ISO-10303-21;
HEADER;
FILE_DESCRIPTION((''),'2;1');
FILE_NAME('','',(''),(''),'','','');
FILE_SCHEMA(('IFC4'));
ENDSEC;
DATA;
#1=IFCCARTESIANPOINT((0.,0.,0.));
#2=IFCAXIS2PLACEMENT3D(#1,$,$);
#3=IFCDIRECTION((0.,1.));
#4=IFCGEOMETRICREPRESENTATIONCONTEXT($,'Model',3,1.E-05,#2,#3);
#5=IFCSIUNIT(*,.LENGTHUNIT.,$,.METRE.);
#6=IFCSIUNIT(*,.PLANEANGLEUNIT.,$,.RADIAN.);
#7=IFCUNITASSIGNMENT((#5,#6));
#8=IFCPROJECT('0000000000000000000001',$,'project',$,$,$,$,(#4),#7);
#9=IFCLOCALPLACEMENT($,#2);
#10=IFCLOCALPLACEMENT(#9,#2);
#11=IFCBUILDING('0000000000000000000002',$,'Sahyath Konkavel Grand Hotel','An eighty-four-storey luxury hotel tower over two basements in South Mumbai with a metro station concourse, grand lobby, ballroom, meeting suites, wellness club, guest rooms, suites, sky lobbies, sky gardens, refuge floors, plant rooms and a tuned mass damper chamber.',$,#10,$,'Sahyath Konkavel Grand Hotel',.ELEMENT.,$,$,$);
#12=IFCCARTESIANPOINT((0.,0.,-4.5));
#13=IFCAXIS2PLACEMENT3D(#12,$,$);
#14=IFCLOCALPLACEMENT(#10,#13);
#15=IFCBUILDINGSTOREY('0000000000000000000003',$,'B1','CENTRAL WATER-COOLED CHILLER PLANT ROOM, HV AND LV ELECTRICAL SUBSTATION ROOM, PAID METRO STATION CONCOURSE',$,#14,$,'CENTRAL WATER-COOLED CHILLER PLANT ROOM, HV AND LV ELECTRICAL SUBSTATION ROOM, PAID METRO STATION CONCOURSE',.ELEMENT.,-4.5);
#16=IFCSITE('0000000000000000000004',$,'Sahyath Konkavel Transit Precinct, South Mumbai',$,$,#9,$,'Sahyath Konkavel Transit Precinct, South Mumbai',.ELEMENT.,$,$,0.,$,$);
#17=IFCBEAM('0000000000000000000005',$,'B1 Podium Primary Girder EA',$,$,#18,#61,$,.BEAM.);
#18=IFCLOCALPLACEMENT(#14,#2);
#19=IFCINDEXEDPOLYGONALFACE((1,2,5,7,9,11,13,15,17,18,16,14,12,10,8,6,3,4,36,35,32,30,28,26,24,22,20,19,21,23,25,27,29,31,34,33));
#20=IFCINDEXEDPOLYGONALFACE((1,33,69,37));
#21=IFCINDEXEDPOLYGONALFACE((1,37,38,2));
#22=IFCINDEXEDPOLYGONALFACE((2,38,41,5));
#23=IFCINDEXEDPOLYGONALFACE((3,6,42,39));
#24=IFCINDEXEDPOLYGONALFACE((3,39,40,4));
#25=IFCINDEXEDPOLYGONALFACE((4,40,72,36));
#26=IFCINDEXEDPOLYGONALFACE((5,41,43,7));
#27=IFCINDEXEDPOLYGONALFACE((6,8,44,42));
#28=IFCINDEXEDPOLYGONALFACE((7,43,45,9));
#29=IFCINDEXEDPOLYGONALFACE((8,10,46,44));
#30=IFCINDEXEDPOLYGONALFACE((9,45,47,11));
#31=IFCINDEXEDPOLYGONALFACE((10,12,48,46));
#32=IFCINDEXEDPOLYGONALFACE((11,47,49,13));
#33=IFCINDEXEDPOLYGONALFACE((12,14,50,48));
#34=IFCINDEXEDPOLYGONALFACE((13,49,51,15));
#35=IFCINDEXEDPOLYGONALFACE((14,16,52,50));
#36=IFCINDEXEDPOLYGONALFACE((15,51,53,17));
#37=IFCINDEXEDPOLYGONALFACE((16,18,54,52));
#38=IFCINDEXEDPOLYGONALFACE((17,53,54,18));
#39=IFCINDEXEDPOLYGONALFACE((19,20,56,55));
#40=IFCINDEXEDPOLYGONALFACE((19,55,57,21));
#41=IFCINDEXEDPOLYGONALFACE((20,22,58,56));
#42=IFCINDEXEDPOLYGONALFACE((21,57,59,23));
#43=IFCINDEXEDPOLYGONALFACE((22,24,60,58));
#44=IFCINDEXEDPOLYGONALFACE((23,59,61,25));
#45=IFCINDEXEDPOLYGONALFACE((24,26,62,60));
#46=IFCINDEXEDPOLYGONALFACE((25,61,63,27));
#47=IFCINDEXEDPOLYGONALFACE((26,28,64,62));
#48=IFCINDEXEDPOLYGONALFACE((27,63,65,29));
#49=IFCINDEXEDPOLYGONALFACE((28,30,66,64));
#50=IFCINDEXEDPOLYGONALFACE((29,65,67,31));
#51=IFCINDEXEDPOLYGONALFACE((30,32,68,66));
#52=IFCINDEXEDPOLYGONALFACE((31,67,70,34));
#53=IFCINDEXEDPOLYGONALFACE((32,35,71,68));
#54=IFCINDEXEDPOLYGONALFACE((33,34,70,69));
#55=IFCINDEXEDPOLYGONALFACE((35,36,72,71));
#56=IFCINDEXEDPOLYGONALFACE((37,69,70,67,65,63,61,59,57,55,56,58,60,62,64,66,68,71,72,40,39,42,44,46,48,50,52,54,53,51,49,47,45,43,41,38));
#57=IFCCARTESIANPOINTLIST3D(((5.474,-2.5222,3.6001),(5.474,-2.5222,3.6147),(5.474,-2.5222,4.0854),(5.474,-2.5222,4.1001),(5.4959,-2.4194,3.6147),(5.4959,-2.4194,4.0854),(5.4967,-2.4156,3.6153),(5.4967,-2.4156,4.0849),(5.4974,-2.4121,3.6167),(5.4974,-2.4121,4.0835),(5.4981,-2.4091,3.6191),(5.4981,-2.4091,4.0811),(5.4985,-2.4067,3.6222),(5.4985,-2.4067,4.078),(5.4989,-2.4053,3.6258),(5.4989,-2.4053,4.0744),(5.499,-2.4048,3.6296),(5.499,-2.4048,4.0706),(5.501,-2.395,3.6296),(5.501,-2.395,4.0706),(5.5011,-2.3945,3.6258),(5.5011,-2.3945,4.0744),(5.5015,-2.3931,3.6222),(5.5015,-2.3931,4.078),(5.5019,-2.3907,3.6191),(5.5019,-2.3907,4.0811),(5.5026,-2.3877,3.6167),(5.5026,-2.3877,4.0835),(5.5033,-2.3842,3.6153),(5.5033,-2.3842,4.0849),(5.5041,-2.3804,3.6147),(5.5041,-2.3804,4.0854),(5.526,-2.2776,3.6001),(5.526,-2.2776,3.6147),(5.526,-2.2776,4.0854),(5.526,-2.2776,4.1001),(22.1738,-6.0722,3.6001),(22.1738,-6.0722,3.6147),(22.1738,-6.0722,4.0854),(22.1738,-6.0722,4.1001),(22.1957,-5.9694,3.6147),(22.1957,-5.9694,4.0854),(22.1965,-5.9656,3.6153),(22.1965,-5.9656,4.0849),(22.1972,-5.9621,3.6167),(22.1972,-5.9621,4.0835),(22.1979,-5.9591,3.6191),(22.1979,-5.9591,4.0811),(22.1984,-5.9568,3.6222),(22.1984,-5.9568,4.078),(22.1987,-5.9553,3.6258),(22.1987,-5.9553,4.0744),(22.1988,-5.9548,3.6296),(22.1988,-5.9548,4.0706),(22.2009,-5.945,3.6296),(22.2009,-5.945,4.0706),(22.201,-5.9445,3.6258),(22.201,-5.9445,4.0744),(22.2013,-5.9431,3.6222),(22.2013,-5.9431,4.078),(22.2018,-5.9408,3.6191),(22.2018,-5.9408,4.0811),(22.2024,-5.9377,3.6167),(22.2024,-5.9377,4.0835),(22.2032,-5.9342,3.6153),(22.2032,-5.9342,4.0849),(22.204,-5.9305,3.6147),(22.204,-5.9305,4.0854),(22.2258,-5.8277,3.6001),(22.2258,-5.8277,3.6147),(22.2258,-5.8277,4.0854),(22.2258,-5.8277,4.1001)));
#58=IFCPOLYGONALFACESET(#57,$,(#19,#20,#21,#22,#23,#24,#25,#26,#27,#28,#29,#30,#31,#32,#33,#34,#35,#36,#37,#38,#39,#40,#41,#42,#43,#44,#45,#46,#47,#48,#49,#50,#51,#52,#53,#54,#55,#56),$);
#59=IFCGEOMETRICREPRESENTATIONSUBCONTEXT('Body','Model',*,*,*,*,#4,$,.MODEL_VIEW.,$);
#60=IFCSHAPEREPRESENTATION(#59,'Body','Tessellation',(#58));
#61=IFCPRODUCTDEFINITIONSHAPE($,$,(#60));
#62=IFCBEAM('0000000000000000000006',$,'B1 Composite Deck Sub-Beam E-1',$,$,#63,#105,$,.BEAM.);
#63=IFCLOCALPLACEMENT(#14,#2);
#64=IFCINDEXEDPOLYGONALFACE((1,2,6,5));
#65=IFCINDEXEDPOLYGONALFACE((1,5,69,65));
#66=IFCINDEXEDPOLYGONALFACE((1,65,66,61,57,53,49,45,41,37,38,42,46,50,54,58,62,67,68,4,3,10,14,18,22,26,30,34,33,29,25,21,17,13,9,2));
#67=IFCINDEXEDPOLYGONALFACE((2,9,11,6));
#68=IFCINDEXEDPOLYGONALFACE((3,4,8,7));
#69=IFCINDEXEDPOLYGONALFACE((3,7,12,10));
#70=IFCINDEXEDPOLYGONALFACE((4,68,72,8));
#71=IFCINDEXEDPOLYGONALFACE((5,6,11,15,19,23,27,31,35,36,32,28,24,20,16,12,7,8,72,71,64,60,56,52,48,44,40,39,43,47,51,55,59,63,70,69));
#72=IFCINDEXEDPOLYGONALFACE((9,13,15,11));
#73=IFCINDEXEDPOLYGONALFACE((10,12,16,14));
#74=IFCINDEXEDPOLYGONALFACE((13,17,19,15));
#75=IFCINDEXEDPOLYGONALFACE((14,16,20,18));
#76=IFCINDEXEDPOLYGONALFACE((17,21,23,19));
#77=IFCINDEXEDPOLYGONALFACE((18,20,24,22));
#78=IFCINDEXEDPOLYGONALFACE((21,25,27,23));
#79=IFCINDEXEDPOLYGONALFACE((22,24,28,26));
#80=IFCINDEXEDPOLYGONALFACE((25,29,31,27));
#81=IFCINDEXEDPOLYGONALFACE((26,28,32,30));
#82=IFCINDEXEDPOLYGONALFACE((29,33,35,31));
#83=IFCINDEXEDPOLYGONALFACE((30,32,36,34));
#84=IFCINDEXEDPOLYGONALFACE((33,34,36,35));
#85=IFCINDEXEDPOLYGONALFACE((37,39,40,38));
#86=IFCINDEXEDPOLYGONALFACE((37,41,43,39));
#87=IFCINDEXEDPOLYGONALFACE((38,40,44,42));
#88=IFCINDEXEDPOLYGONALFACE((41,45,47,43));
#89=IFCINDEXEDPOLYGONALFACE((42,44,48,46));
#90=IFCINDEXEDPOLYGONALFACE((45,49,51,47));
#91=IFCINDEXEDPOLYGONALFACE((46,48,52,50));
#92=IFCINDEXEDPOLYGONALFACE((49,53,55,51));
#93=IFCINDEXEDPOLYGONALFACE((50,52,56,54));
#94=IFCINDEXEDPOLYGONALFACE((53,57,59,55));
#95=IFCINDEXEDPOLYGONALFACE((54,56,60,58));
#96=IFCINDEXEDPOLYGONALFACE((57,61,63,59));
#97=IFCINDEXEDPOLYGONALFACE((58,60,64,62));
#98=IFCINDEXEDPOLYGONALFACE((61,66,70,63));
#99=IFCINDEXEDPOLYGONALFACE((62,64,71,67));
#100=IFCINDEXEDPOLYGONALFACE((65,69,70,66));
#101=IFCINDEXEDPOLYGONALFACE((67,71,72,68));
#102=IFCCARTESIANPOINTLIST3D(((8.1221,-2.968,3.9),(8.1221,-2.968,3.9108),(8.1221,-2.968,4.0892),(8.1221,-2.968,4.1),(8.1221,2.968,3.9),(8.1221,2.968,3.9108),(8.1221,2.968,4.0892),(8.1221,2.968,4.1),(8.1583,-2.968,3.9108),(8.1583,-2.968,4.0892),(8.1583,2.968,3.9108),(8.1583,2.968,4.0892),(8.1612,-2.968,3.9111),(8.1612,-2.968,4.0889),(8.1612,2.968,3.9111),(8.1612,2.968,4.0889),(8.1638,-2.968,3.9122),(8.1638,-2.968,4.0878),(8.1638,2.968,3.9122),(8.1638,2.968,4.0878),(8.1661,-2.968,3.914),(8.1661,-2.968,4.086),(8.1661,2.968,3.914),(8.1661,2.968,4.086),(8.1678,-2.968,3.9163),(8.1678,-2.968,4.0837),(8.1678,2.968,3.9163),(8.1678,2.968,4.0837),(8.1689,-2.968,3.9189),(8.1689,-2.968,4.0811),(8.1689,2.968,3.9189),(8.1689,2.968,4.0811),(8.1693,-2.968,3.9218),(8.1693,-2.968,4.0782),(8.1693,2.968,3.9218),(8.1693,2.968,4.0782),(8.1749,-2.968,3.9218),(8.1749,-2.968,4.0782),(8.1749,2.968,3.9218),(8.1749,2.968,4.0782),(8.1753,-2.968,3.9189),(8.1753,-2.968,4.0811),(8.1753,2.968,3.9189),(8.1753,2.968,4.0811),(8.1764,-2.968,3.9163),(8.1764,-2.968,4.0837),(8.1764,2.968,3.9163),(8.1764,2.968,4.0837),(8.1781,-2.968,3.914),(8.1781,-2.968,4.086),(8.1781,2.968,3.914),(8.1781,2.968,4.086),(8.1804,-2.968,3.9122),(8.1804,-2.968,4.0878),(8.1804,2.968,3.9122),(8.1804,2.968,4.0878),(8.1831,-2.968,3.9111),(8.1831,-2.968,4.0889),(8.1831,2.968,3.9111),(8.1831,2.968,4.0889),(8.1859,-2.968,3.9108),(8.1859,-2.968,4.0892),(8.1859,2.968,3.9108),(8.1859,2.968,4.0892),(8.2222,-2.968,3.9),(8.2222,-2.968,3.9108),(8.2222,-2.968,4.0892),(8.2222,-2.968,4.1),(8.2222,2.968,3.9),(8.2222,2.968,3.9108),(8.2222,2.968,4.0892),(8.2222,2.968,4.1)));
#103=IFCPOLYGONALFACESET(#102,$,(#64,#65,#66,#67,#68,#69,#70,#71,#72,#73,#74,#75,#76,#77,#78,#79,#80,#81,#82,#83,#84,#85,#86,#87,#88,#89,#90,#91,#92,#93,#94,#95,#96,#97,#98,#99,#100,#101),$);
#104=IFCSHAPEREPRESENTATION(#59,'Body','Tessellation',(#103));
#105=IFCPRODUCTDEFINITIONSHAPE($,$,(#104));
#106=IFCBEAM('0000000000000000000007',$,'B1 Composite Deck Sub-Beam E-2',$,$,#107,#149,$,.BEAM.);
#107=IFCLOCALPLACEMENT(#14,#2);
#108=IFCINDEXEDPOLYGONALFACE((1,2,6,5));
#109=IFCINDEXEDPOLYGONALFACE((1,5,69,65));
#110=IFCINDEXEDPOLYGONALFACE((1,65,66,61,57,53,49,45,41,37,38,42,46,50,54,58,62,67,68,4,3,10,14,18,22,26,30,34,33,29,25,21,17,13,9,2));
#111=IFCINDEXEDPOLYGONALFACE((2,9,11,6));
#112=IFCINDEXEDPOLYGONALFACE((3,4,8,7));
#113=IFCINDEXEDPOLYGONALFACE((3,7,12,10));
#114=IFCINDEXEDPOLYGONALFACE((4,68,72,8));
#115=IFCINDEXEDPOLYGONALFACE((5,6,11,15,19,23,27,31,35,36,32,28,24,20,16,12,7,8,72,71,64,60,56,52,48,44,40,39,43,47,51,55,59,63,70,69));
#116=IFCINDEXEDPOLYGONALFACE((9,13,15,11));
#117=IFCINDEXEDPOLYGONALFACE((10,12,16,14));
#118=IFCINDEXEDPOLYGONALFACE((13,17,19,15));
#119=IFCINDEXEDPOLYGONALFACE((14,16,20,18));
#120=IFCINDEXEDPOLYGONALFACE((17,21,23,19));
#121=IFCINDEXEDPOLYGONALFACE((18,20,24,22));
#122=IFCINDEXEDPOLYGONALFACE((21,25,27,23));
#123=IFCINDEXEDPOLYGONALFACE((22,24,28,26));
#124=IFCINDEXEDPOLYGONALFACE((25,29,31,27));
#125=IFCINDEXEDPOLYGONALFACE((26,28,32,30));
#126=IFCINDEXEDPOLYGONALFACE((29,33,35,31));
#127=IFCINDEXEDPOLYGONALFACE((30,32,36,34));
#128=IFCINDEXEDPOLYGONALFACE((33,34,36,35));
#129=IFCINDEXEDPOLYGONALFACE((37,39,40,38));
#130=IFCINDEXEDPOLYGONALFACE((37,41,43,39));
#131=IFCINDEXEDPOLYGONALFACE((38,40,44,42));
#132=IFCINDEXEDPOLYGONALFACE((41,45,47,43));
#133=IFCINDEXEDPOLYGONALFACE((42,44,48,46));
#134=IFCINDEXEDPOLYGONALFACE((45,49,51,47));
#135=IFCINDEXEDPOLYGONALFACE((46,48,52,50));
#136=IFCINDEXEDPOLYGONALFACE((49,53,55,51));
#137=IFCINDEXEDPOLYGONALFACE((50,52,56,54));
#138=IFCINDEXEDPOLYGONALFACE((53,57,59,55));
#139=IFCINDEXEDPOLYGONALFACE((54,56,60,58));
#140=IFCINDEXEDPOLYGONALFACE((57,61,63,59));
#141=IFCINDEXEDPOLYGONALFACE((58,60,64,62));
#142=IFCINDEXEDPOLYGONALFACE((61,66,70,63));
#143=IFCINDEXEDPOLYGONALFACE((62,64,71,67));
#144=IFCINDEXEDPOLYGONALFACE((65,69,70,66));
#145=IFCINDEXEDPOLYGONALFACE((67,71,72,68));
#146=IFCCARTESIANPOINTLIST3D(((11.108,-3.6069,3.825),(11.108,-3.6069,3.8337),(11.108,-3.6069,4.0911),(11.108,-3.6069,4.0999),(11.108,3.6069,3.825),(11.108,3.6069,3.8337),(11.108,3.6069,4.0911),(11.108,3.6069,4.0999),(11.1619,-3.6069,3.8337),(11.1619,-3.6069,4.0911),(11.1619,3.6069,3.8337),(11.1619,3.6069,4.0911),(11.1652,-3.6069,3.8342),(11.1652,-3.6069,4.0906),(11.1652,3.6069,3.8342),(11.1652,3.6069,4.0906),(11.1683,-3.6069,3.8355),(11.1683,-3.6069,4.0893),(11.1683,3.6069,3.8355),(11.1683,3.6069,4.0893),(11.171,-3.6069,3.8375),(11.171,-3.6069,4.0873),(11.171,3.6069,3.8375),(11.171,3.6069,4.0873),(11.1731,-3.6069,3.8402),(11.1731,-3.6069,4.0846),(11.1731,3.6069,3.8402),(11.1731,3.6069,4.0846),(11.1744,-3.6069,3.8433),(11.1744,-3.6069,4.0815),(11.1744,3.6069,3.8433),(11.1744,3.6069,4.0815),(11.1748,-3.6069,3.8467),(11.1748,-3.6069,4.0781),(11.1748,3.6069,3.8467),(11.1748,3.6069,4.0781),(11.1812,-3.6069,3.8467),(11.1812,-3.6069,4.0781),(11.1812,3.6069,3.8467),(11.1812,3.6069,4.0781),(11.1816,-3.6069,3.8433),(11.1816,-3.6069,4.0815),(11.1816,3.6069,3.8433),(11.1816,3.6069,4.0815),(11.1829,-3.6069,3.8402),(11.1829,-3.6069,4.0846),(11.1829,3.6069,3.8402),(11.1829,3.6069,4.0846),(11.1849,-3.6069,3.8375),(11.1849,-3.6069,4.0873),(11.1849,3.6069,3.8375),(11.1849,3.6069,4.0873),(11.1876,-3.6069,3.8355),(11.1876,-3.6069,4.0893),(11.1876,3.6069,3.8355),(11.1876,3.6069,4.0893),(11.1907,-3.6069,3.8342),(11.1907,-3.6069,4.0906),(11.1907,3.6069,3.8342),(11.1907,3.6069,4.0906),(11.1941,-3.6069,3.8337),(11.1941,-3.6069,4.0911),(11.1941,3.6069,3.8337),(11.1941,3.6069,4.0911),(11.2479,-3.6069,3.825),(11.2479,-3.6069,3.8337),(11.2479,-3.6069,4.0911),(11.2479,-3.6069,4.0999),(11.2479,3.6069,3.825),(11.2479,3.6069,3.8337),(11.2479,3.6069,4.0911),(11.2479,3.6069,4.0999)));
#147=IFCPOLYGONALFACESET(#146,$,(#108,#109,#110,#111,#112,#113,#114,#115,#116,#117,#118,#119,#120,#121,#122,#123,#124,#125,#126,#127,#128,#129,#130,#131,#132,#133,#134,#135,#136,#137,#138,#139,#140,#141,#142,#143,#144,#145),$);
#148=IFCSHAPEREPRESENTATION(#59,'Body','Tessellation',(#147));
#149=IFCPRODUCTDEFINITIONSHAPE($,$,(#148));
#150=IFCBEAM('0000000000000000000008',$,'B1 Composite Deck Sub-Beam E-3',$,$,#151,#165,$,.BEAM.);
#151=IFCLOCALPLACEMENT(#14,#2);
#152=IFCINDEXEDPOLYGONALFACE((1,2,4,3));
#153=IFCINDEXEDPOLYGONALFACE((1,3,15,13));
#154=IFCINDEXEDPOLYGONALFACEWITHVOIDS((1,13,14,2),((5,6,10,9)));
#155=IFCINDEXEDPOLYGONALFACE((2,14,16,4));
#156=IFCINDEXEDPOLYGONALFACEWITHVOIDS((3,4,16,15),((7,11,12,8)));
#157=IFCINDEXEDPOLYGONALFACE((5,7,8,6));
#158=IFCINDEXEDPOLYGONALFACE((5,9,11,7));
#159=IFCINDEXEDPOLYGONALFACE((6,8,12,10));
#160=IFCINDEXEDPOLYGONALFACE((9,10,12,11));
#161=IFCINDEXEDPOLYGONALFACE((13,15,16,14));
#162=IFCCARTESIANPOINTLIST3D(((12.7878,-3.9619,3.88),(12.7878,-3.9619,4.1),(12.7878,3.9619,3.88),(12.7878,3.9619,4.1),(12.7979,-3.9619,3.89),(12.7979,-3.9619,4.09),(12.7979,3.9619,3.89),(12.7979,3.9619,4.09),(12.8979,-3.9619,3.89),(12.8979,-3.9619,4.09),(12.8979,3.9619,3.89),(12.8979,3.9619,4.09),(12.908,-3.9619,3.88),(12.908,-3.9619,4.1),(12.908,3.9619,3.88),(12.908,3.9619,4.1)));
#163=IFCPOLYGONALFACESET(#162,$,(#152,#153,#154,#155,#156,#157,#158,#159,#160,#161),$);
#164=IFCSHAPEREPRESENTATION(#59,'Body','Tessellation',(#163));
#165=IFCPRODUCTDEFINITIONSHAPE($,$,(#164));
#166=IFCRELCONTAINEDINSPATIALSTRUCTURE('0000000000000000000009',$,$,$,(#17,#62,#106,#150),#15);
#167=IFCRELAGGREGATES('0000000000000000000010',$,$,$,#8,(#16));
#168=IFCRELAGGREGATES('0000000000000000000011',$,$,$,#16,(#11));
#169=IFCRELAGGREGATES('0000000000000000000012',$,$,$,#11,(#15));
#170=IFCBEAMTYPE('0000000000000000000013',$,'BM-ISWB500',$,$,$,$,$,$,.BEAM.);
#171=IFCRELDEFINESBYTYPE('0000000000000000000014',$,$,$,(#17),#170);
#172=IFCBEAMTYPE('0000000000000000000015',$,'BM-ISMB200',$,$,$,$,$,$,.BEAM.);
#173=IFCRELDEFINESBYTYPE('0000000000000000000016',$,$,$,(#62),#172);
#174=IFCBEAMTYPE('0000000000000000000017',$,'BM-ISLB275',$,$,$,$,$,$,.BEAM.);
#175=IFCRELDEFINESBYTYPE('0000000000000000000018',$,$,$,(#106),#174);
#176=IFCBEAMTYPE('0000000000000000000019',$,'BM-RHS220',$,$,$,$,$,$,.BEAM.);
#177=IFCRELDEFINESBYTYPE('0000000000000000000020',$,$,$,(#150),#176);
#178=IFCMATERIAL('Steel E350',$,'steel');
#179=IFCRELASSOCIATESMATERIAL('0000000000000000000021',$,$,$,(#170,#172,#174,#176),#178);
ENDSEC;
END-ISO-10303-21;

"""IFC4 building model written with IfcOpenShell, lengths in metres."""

from ifc_helpers import new_model, si_unit, direction, frame, origin, origin_2d, place, context, subcontext, project, spatial, hollow_rectangle, i_section, extrude, source, transform, mapped, material, material_profile, profile_set, type_object, element, save


model = new_model("IFC4")

# Units and contexts
model_context = context("Model", 3, precision=1e-05, world=origin(), true_north=direction((0.0, 1.0)))
body_context = subcontext(model_context, "Body", "Model", "MODEL_VIEW")
ifc_project = project(units=[si_unit("LENGTHUNIT", "METRE"), si_unit("PLANEANGLEUNIT", "RADIAN")], contexts=[model_context])

# Site, building, storey
site_placement = place(None, origin())
site = spatial("IfcSite", under=ifc_project, at=site_placement, Name="Sahyath Konkavel Transit Precinct, South Mumbai", LongName="Sahyath Konkavel Transit Precinct, South Mumbai", CompositionType="ELEMENT", RefElevation=0.0)
building_placement = place(site_placement, origin())
building = spatial("IfcBuilding", under=site, at=building_placement, Name="Sahyath Konkavel Grand Hotel", Description="An eighty-four-storey luxury hotel tower over two basements in South Mumbai with a metro station concourse, grand lobby, ballroom, meeting suites, wellness club, guest rooms, suites, sky lobbies, sky gardens, refuge floors, plant rooms and a tuned mass damper chamber.", LongName="Sahyath Konkavel Grand Hotel", CompositionType="ELEMENT")
storey_placement = place(building_placement, frame((0.0, 0.0, -4.5)))
storey = spatial("IfcBuildingStorey", under=building, at=storey_placement, Name="B1", Description="CENTRAL WATER-COOLED CHILLER PLANT ROOM, HV AND LV ELECTRICAL SUBSTATION ROOM, PAID METRO STATION CONCOURSE", LongName="CENTRAL WATER-COOLED CHILLER PLANT ROOM, HV AND LV ELECTRICAL SUBSTATION ROOM, PAID METRO STATION CONCOURSE", CompositionType="ELEMENT", Elevation=-4.5)

# Beams
ifc_material_1 = material(Name="Steel E350", Category="steel")
ifc_material_profile_1 = material_profile(ifc_material_1, i_section(OverallWidth=0.25, OverallDepth=0.5, WebThickness=0.01, FlangeThickness=0.0146, FilletRadius=0.0149, at=origin_2d()), Name="ISWB 500")
ifc_profile_set_1 = profile_set([ifc_material_profile_1], Name="Steel E350")
beam_type_1 = type_object("IfcBeamType", Name="BM-ISWB500", PredefinedType="BEAM", material=ifc_profile_set_1)
shared_shape_1 = source(origin(), body_context, "Body", "SweptSolid", [
    extrude(i_section(OverallWidth=0.25, OverallDepth=0.5, WebThickness=0.01, FlangeThickness=0.0146, FilletRadius=0.0149, at=origin_2d()), origin(), (0.0, 0.0, 1.0), 17.073),
])
beam_1_placement = place(storey_placement, frame((5.5, -2.3999, 3.8501), z_axis=(0.978143, -0.207932, 0.0), x_axis=(0.207932, 0.978143, 0.0)))
element("IfcBeam", 1, at=beam_1_placement, inside=storey, type_object=beam_type_1, Name="B1 Podium Primary Girder EA", PredefinedType="BEAM", context=body_context, shape_type="MappedRepresentation", body=[
    mapped(shared_shape_1, transform((0.0, 0.0, 0.0), scale=1.0)),
])
ifc_material_profile_2 = material_profile(ifc_material_1, i_section(OverallWidth=0.1001, OverallDepth=0.2, WebThickness=0.0056, FlangeThickness=0.0107, FilletRadius=0.011, at=origin_2d()), Name="ISMB 200")
ifc_profile_set_2 = profile_set([ifc_material_profile_2], Name="Steel E350")
beam_type_2 = type_object("IfcBeamType", Name="BM-ISMB200", PredefinedType="BEAM", material=ifc_profile_set_2)
shared_shape_2 = source(origin(), body_context, "Body", "SweptSolid", [
    extrude(i_section(OverallWidth=0.1001, OverallDepth=0.2, WebThickness=0.0056, FlangeThickness=0.0107, FilletRadius=0.011, at=origin_2d()), origin(), (0.0, 0.0, 1.0), 5.936),
])
beam_2_placement = place(storey_placement, frame((8.1721, -2.968, 4.0), z_axis=(0.0, 1.0, 0.0), x_axis=(-1.0, 0.0, 0.0)))
element("IfcBeam", 2, at=beam_2_placement, inside=storey, type_object=beam_type_2, Name="B1 Composite Deck Sub-Beam E-1", PredefinedType="BEAM", context=body_context, shape_type="MappedRepresentation", body=[
    mapped(shared_shape_2, transform((0.0, 0.0, 0.0), scale=1.0)),
])
ifc_material_profile_3 = material_profile(ifc_material_1, i_section(OverallWidth=0.1399, OverallDepth=0.2749, WebThickness=0.0063, FlangeThickness=0.0088, FilletRadius=0.0129, at=origin_2d()), Name="ISLB 275")
ifc_profile_set_3 = profile_set([ifc_material_profile_3], Name="Steel E350")
beam_type_3 = type_object("IfcBeamType", Name="BM-ISLB275", PredefinedType="BEAM", material=ifc_profile_set_3)
shared_shape_3 = source(origin(), body_context, "Body", "SweptSolid", [
    extrude(i_section(OverallWidth=0.1399, OverallDepth=0.2749, WebThickness=0.0063, FlangeThickness=0.0088, FilletRadius=0.0129, at=origin_2d()), origin(), (0.0, 0.0, 1.0), 7.2139),
])
beam_3_placement = place(storey_placement, frame((11.178, -3.6069, 3.9624), z_axis=(0.0, 1.0, 0.0), x_axis=(-1.0, 0.0, 0.0)))
element("IfcBeam", 3, at=beam_3_placement, inside=storey, type_object=beam_type_3, Name="B1 Composite Deck Sub-Beam E-2", PredefinedType="BEAM", context=body_context, shape_type="MappedRepresentation", body=[
    mapped(shared_shape_3, transform((0.0, 0.0, 0.0), scale=1.0)),
])
ifc_material_profile_4 = material_profile(ifc_material_1, hollow_rectangle(XDim=0.1201, YDim=0.22, WallThickness=0.01, at=origin_2d()), Name="RHS 220x120x10")
ifc_profile_set_4 = profile_set([ifc_material_profile_4], Name="Steel E350")
beam_type_4 = type_object("IfcBeamType", Name="BM-RHS220", PredefinedType="BEAM", material=ifc_profile_set_4)
shared_shape_4 = source(origin(), body_context, "Body", "SweptSolid", [
    extrude(hollow_rectangle(XDim=0.1201, YDim=0.22, WallThickness=0.01, at=origin_2d()), origin(), (0.0, 0.0, 1.0), 7.9238),
])
beam_4_placement = place(storey_placement, frame((12.8479, -3.9619, 3.99), z_axis=(0.0, 1.0, 0.0), x_axis=(-1.0, 0.0, 0.0)))
element("IfcBeam", 4, at=beam_4_placement, inside=storey, type_object=beam_type_4, Name="B1 Composite Deck Sub-Beam E-3", PredefinedType="BEAM", context=body_context, shape_type="MappedRepresentation", body=[
    mapped(shared_shape_4, transform((0.0, 0.0, 0.0), scale=1.0)),
])

save(model, "model.ifc")
